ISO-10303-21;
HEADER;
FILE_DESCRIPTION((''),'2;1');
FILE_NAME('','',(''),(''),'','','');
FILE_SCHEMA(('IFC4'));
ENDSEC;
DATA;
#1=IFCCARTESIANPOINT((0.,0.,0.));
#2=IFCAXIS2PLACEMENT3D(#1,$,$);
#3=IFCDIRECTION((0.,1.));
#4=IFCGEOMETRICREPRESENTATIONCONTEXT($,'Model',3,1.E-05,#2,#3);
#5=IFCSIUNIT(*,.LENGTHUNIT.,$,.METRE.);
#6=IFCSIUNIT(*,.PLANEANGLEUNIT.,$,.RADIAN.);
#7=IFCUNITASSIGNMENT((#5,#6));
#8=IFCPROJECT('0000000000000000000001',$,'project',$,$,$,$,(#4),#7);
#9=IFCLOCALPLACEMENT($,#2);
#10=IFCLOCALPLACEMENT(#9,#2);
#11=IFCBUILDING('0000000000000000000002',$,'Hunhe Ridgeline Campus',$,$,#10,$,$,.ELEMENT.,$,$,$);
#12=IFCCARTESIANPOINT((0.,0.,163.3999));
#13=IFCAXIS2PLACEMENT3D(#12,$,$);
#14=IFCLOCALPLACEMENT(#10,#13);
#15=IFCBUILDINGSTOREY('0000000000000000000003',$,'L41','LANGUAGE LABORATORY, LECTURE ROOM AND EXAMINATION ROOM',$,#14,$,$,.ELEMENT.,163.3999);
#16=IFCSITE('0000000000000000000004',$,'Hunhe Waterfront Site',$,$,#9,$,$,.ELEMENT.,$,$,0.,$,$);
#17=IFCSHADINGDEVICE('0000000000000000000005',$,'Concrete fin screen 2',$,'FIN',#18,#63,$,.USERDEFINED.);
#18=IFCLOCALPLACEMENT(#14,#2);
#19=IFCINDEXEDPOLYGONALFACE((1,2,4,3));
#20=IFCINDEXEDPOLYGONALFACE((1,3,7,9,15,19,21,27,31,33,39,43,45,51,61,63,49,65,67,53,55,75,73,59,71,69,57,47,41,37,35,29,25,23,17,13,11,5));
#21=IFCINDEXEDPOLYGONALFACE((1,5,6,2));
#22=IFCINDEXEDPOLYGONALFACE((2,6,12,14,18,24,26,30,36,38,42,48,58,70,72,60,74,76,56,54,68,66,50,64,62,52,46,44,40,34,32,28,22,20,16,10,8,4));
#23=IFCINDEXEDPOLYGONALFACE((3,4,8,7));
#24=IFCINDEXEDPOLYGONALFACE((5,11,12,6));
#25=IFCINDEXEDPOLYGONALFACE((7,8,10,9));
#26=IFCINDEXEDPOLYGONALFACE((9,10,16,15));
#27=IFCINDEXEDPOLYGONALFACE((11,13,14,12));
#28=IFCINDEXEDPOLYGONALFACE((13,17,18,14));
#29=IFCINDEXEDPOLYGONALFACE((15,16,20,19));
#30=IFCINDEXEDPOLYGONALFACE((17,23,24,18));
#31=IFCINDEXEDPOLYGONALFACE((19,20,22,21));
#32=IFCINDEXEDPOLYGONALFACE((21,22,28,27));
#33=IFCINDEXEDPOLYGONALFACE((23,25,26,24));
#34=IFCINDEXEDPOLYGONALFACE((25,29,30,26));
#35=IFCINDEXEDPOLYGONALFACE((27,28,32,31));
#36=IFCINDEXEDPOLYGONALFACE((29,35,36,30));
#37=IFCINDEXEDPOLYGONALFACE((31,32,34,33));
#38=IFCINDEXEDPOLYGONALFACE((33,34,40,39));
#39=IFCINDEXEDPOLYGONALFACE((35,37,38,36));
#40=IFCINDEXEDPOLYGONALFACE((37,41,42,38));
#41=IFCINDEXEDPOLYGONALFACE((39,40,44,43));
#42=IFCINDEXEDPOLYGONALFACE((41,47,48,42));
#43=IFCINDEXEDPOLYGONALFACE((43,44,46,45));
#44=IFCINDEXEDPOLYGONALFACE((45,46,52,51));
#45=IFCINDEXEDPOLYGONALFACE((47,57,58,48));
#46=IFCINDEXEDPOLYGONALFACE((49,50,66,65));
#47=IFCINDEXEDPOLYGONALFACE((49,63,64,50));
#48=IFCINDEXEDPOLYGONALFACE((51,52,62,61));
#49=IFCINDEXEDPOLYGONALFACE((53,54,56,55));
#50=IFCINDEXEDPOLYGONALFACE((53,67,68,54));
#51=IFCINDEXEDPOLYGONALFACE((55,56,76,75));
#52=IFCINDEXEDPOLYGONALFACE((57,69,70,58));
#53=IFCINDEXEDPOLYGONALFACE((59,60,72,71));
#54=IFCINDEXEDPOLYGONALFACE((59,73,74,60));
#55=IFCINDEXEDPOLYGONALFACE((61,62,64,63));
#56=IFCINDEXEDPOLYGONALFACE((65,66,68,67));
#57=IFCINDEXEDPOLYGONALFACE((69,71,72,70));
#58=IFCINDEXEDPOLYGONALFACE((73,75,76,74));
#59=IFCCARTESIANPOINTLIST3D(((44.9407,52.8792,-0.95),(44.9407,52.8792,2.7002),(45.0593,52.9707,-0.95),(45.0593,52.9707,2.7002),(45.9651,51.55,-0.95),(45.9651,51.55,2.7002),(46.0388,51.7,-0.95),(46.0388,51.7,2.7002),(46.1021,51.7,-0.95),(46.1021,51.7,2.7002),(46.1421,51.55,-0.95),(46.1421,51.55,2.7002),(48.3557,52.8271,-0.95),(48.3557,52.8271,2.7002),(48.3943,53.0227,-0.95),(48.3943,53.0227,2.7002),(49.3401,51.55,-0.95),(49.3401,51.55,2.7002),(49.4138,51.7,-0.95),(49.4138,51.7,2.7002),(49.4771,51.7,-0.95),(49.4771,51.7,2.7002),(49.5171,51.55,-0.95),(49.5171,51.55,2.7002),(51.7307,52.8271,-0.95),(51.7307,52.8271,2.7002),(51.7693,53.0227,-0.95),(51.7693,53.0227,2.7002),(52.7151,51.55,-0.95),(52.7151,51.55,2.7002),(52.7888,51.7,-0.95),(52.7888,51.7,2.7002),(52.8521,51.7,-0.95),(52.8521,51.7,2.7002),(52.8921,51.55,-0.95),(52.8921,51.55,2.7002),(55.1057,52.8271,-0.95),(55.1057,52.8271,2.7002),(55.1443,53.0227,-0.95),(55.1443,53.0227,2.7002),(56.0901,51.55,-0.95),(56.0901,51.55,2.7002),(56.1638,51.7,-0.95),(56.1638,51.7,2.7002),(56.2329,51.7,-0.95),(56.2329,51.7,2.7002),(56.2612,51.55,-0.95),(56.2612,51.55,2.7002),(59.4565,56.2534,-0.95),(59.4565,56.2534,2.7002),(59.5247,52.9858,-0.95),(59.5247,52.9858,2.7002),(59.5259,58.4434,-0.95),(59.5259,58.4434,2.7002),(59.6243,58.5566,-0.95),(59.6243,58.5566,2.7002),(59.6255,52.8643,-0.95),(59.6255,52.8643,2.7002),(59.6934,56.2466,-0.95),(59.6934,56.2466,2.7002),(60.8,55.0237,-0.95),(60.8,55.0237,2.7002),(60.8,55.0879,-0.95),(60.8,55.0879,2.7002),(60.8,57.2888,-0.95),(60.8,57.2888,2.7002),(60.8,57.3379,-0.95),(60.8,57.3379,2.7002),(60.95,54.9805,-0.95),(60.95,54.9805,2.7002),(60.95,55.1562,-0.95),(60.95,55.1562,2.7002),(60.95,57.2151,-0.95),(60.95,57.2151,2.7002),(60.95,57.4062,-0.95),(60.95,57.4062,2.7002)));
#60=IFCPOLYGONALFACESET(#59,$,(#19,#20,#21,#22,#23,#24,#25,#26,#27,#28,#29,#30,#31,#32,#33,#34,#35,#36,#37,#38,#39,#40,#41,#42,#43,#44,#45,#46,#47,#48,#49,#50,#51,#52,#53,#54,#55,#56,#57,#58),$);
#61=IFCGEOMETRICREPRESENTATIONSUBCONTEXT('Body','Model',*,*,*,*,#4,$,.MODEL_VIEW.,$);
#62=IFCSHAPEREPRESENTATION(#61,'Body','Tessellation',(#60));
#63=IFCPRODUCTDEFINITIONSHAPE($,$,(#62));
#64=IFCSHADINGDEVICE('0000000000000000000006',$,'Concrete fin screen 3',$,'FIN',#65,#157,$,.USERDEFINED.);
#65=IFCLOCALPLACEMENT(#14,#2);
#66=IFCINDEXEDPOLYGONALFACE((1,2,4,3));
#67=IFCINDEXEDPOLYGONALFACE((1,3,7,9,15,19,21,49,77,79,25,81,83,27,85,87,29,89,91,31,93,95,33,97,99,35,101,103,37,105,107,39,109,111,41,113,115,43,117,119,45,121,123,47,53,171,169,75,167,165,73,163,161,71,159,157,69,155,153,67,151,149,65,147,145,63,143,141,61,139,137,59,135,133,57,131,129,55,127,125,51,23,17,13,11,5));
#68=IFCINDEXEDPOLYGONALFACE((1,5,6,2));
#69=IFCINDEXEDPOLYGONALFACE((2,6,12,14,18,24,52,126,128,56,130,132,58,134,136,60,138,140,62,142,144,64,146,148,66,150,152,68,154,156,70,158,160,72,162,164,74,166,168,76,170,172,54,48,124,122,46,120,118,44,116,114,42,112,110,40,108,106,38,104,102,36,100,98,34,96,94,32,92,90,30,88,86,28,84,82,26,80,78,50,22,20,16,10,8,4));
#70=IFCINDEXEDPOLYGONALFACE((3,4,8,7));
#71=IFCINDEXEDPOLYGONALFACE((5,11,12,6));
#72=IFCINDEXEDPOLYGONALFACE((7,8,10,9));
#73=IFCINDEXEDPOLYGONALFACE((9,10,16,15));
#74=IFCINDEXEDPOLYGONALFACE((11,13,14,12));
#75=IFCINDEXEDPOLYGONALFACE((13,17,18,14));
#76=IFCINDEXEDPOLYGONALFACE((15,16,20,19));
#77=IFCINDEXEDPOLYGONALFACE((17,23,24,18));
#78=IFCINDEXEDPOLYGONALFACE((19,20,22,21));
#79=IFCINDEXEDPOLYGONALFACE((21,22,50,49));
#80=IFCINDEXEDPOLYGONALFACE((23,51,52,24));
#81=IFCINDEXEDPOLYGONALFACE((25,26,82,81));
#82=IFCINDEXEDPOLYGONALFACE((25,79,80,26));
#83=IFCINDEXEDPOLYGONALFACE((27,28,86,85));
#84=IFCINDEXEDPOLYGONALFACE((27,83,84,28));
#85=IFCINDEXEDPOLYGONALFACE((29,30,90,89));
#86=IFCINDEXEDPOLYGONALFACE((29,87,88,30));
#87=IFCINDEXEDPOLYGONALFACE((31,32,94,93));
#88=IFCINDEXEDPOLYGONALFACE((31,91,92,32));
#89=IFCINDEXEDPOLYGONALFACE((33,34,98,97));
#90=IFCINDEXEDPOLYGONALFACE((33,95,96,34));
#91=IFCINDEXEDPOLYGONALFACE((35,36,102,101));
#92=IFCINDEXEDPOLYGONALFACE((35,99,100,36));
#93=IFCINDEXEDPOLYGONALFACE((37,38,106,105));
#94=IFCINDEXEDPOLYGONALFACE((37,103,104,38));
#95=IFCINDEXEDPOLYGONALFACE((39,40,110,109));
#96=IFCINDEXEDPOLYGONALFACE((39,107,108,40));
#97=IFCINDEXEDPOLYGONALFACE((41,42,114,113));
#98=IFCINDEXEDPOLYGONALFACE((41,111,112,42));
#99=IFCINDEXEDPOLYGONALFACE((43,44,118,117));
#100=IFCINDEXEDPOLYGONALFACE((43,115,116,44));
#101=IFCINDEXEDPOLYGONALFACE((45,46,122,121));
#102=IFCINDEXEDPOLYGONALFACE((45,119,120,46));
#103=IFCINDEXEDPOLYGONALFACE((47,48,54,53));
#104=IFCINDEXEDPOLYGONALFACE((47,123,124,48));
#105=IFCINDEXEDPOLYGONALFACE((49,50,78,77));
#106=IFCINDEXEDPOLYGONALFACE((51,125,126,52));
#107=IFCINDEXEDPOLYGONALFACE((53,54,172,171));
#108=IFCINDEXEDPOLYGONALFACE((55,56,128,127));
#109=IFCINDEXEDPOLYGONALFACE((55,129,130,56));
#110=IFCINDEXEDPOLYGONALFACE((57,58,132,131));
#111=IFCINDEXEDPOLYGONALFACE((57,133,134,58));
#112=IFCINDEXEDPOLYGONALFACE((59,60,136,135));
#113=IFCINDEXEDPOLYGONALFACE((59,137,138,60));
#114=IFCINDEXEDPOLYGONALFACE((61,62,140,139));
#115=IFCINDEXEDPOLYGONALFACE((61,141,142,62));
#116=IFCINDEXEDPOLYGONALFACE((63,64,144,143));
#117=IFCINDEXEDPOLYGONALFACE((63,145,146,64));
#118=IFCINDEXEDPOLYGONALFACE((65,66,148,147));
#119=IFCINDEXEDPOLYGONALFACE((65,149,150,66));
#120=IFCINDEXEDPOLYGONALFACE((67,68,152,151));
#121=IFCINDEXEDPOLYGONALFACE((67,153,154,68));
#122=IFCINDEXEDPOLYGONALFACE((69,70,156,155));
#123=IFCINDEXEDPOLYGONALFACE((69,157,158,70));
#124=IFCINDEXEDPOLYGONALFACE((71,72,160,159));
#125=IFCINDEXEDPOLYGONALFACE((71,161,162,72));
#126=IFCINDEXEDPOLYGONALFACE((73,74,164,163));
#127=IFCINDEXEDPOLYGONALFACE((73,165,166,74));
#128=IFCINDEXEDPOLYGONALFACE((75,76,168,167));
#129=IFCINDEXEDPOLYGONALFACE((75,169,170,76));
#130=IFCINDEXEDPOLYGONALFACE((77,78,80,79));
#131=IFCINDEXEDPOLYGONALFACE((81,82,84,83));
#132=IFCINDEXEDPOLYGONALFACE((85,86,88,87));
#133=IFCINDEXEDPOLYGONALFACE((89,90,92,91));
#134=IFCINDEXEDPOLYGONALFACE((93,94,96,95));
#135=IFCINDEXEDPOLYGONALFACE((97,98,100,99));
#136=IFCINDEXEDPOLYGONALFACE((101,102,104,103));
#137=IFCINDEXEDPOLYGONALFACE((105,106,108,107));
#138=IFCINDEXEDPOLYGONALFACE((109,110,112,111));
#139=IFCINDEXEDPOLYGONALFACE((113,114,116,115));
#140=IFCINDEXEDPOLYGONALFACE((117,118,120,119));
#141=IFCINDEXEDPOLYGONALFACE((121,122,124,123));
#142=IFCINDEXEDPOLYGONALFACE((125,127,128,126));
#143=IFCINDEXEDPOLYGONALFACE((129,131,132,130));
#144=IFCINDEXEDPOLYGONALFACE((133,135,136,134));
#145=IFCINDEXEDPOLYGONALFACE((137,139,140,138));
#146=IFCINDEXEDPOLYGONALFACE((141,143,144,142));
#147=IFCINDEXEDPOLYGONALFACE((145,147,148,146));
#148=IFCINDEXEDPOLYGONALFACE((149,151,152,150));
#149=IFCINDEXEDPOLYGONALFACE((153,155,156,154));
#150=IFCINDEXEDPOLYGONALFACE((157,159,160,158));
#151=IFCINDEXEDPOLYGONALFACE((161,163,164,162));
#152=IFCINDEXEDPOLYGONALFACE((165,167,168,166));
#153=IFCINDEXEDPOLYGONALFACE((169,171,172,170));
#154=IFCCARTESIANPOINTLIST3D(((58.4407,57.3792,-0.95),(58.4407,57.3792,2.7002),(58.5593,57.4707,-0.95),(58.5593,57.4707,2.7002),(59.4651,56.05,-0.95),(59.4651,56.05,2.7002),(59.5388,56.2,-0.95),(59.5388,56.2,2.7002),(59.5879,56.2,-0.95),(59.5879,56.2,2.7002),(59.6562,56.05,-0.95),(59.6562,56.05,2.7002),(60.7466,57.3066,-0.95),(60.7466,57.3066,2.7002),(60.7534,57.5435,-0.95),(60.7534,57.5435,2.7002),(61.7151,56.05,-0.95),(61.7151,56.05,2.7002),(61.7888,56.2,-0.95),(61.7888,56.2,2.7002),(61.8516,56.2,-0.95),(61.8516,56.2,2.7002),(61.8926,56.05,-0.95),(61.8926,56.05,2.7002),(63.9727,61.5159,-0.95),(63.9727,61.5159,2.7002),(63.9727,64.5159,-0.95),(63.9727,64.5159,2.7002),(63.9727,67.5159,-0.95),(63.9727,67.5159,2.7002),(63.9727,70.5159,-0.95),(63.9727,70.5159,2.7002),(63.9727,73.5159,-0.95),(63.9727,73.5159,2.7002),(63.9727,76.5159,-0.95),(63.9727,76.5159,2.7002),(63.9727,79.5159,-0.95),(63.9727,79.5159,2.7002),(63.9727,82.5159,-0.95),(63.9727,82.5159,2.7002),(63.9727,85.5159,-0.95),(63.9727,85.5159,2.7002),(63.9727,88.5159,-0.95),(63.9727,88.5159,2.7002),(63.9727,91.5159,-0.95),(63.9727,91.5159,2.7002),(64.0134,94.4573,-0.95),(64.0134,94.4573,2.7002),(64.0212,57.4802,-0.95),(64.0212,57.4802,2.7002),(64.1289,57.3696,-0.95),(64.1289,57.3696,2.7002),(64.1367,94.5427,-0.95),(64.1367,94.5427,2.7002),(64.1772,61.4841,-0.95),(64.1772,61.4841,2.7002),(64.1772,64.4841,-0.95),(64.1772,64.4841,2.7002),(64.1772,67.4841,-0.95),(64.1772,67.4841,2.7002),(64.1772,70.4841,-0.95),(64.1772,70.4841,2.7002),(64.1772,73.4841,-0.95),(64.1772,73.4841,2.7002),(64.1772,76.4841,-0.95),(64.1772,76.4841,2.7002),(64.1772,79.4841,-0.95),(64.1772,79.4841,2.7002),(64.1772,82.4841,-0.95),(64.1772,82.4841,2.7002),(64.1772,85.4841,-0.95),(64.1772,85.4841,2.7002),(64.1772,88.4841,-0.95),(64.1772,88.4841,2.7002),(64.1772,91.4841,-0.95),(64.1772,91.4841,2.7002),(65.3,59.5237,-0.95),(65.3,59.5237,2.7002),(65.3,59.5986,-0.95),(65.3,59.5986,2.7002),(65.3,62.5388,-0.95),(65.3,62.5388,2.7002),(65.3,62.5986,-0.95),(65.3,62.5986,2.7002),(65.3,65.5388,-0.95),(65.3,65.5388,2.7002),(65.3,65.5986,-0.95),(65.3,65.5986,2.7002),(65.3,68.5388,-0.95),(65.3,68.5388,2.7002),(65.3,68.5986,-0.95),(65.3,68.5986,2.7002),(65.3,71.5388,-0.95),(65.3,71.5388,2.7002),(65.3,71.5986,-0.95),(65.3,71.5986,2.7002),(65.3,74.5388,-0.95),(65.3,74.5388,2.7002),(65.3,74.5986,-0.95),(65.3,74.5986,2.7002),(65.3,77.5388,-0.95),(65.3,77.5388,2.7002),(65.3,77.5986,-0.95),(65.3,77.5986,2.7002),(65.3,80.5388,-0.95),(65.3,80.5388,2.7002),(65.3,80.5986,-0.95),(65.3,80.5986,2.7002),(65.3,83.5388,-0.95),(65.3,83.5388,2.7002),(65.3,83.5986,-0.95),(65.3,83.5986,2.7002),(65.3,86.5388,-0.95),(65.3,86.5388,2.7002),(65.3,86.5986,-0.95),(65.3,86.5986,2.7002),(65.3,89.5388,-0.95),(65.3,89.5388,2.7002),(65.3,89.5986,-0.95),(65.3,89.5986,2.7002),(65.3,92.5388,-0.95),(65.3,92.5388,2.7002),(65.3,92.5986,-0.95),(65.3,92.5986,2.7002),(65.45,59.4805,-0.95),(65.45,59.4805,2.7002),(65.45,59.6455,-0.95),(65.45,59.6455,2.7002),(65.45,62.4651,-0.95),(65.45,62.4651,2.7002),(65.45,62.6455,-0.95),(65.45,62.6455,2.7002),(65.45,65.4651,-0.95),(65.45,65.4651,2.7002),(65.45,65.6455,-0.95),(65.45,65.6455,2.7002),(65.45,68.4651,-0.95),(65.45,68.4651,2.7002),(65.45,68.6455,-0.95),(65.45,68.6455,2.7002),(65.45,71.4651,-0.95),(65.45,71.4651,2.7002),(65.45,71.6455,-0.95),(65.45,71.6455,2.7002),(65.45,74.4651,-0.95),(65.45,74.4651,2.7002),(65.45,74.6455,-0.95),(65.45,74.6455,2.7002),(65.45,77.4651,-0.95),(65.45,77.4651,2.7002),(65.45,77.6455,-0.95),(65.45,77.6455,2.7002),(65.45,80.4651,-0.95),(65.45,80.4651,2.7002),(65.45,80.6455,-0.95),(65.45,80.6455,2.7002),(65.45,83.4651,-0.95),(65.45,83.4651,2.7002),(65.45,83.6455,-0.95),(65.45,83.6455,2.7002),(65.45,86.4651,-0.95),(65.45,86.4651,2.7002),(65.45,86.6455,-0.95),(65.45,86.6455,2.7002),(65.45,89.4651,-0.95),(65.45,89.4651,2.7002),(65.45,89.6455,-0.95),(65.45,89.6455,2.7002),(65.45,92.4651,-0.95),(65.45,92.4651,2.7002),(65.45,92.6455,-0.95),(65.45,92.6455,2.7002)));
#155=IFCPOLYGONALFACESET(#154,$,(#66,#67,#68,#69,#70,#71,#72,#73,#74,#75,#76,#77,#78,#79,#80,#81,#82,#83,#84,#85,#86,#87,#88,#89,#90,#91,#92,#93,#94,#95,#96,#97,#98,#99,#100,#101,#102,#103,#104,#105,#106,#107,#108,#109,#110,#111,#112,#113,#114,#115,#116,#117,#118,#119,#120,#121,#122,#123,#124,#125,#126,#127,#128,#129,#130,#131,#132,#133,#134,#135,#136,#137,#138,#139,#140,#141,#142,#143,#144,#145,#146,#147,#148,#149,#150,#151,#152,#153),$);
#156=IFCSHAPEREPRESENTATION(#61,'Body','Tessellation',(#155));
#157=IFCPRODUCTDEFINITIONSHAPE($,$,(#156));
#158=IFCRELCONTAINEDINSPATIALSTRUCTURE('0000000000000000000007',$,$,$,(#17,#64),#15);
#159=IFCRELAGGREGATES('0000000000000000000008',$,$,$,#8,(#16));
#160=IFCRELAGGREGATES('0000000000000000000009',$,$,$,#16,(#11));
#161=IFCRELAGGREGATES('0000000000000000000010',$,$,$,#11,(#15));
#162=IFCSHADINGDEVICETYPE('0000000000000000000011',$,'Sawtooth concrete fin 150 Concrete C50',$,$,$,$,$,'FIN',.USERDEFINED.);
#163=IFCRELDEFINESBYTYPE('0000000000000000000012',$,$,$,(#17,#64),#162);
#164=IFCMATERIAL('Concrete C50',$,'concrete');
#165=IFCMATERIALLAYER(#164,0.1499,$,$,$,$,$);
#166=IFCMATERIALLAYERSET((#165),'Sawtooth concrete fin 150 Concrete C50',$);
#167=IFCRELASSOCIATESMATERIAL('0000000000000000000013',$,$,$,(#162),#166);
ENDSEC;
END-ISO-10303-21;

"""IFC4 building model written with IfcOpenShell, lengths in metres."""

from ifc_helpers import new_model, si_unit, direction, frame, origin, place, context, subcontext, project, spatial, polyline, outline, extrude, material, layer, layer_set, type_object, element, save


model = new_model("IFC4")

# Units and contexts
model_context = context("Model", 3, precision=1e-05, world=origin(), true_north=direction((0.0, 1.0)))
body_context = subcontext(model_context, "Body", "Model", "MODEL_VIEW")
ifc_project = project(units=[si_unit("LENGTHUNIT", "METRE"), si_unit("PLANEANGLEUNIT", "RADIAN")], contexts=[model_context])

# Site, building, storey
site_placement = place(None, origin())
site = spatial("IfcSite", under=ifc_project, at=site_placement, Name="Hunhe Waterfront Site", CompositionType="ELEMENT", RefElevation=0.0)
building_placement = place(site_placement, origin())
building = spatial("IfcBuilding", under=site, at=building_placement, Name="Hunhe Ridgeline Campus", CompositionType="ELEMENT")
storey_placement = place(building_placement, frame((0.0, 0.0, 163.3999)))
storey = spatial("IfcBuildingStorey", under=building, at=storey_placement, Name="L41", Description="LANGUAGE LABORATORY, LECTURE ROOM AND EXAMINATION ROOM", CompositionType="ELEMENT", Elevation=163.3999)

# Shading devices
ifc_material_1 = material(Name="Concrete C50", Category="concrete")
ifc_layer_1 = layer(ifc_material_1, 0.1499)
ifc_layer_set_1 = layer_set([ifc_layer_1], Name="Sawtooth concrete fin 150 Concrete C50")
shading_device_type = type_object("IfcShadingDeviceType", Name="Sawtooth concrete fin 150 Concrete C50", ElementType="FIN", PredefinedType="USERDEFINED", material=ifc_layer_set_1)
shading_device_1_placement = place(storey_placement, frame((0.0, 0.0, -0.95)))
element("IfcShadingDevice", 1, at=shading_device_1_placement, inside=storey, type_object=shading_device_type, Name="Concrete fin screen 2", ObjectType="FIN", PredefinedType="USERDEFINED", context=body_context, shape_type="SweptSolid", body=[
    extrude(outline(polyline([(45.0593, 52.9707), (44.9407, 52.8792), (45.9651, 51.55), (46.1421, 51.55), (48.3557, 52.8271), (49.3401, 51.55), (49.5171, 51.55), (51.7307, 52.8271), (52.7151, 51.55), (52.8921, 51.55), (55.1057, 52.8271), (56.0901, 51.55), (56.2612, 51.55), (59.6255, 52.8643), (60.95, 54.9805), (60.95, 55.1562), (59.6934, 56.2466), (60.95, 57.2151), (60.95, 57.4062), (59.6243, 58.5566), (59.5259, 58.4434), (60.8, 57.3379), (60.8, 57.2888), (59.4565, 56.2534), (60.8, 55.0879), (60.8, 55.0237), (59.5247, 52.9858), (56.2329, 51.7), (56.1638, 51.7), (55.1443, 53.0227), (52.8521, 51.7), (52.7888, 51.7), (51.7693, 53.0227), (49.4771, 51.7), (49.4138, 51.7), (48.3943, 53.0227), (46.1021, 51.7), (46.0388, 51.7), (45.0593, 52.9707)])), origin(), (0.0, 0.0, 1.0), 3.6501),
])
shading_device_2_placement = place(storey_placement, frame((0.0, 0.0, -0.95)))
element("IfcShadingDevice", 2, at=shading_device_2_placement, inside=storey, type_object=shading_device_type, Name="Concrete fin screen 3", ObjectType="FIN", PredefinedType="USERDEFINED", context=body_context, shape_type="SweptSolid", body=[
    extrude(outline(polyline([(58.5593, 57.4707), (58.4407, 57.3792), (59.4651, 56.05), (59.6562, 56.05), (60.7466, 57.3066), (61.7151, 56.05), (61.8926, 56.05), (64.1289, 57.3696), (65.45, 59.4805), (65.45, 59.6455), (64.1772, 61.4841), (65.45, 62.4651), (65.45, 62.6455), (64.1772, 64.4841), (65.45, 65.4651), (65.45, 65.6455), (64.1772, 67.4841), (65.45, 68.4651), (65.45, 68.6455), (64.1772, 70.4841), (65.45, 71.4651), (65.45, 71.6455), (64.1772, 73.4841), (65.45, 74.4651), (65.45, 74.6455), (64.1772, 76.4841), (65.45, 77.4651), (65.45, 77.6455), (64.1772, 79.4841), (65.45, 80.4651), (65.45, 80.6455), (64.1772, 82.4841), (65.45, 83.4651), (65.45, 83.6455), (64.1772, 85.4841), (65.45, 86.4651), (65.45, 86.6455), (64.1772, 88.4841), (65.45, 89.4651), (65.45, 89.6455), (64.1772, 91.4841), (65.45, 92.4651), (65.45, 92.6455), (64.1367, 94.5427), (64.0134, 94.4573), (65.3, 92.5986), (65.3, 92.5388), (63.9727, 91.5159), (65.3, 89.5986), (65.3, 89.5388), (63.9727, 88.5159), (65.3, 86.5986), (65.3, 86.5388), (63.9727, 85.5159), (65.3, 83.5986), (65.3, 83.5388), (63.9727, 82.5159), (65.3, 80.5986), (65.3, 80.5388), (63.9727, 79.5159), (65.3, 77.5986), (65.3, 77.5388), (63.9727, 76.5159), (65.3, 74.5986), (65.3, 74.5388), (63.9727, 73.5159), (65.3, 71.5986), (65.3, 71.5388), (63.9727, 70.5159), (65.3, 68.5986), (65.3, 68.5388), (63.9727, 67.5159), (65.3, 65.5986), (65.3, 65.5388), (63.9727, 64.5159), (65.3, 62.5986), (65.3, 62.5388), (63.9727, 61.5159), (65.3, 59.5986), (65.3, 59.5237), (64.0212, 57.4802), (61.8516, 56.2), (61.7888, 56.2), (60.7534, 57.5435), (59.5879, 56.2), (59.5388, 56.2), (58.5593, 57.4707)])), origin(), (0.0, 0.0, 1.0), 3.6501),
])

save(model, "model.ifc")
